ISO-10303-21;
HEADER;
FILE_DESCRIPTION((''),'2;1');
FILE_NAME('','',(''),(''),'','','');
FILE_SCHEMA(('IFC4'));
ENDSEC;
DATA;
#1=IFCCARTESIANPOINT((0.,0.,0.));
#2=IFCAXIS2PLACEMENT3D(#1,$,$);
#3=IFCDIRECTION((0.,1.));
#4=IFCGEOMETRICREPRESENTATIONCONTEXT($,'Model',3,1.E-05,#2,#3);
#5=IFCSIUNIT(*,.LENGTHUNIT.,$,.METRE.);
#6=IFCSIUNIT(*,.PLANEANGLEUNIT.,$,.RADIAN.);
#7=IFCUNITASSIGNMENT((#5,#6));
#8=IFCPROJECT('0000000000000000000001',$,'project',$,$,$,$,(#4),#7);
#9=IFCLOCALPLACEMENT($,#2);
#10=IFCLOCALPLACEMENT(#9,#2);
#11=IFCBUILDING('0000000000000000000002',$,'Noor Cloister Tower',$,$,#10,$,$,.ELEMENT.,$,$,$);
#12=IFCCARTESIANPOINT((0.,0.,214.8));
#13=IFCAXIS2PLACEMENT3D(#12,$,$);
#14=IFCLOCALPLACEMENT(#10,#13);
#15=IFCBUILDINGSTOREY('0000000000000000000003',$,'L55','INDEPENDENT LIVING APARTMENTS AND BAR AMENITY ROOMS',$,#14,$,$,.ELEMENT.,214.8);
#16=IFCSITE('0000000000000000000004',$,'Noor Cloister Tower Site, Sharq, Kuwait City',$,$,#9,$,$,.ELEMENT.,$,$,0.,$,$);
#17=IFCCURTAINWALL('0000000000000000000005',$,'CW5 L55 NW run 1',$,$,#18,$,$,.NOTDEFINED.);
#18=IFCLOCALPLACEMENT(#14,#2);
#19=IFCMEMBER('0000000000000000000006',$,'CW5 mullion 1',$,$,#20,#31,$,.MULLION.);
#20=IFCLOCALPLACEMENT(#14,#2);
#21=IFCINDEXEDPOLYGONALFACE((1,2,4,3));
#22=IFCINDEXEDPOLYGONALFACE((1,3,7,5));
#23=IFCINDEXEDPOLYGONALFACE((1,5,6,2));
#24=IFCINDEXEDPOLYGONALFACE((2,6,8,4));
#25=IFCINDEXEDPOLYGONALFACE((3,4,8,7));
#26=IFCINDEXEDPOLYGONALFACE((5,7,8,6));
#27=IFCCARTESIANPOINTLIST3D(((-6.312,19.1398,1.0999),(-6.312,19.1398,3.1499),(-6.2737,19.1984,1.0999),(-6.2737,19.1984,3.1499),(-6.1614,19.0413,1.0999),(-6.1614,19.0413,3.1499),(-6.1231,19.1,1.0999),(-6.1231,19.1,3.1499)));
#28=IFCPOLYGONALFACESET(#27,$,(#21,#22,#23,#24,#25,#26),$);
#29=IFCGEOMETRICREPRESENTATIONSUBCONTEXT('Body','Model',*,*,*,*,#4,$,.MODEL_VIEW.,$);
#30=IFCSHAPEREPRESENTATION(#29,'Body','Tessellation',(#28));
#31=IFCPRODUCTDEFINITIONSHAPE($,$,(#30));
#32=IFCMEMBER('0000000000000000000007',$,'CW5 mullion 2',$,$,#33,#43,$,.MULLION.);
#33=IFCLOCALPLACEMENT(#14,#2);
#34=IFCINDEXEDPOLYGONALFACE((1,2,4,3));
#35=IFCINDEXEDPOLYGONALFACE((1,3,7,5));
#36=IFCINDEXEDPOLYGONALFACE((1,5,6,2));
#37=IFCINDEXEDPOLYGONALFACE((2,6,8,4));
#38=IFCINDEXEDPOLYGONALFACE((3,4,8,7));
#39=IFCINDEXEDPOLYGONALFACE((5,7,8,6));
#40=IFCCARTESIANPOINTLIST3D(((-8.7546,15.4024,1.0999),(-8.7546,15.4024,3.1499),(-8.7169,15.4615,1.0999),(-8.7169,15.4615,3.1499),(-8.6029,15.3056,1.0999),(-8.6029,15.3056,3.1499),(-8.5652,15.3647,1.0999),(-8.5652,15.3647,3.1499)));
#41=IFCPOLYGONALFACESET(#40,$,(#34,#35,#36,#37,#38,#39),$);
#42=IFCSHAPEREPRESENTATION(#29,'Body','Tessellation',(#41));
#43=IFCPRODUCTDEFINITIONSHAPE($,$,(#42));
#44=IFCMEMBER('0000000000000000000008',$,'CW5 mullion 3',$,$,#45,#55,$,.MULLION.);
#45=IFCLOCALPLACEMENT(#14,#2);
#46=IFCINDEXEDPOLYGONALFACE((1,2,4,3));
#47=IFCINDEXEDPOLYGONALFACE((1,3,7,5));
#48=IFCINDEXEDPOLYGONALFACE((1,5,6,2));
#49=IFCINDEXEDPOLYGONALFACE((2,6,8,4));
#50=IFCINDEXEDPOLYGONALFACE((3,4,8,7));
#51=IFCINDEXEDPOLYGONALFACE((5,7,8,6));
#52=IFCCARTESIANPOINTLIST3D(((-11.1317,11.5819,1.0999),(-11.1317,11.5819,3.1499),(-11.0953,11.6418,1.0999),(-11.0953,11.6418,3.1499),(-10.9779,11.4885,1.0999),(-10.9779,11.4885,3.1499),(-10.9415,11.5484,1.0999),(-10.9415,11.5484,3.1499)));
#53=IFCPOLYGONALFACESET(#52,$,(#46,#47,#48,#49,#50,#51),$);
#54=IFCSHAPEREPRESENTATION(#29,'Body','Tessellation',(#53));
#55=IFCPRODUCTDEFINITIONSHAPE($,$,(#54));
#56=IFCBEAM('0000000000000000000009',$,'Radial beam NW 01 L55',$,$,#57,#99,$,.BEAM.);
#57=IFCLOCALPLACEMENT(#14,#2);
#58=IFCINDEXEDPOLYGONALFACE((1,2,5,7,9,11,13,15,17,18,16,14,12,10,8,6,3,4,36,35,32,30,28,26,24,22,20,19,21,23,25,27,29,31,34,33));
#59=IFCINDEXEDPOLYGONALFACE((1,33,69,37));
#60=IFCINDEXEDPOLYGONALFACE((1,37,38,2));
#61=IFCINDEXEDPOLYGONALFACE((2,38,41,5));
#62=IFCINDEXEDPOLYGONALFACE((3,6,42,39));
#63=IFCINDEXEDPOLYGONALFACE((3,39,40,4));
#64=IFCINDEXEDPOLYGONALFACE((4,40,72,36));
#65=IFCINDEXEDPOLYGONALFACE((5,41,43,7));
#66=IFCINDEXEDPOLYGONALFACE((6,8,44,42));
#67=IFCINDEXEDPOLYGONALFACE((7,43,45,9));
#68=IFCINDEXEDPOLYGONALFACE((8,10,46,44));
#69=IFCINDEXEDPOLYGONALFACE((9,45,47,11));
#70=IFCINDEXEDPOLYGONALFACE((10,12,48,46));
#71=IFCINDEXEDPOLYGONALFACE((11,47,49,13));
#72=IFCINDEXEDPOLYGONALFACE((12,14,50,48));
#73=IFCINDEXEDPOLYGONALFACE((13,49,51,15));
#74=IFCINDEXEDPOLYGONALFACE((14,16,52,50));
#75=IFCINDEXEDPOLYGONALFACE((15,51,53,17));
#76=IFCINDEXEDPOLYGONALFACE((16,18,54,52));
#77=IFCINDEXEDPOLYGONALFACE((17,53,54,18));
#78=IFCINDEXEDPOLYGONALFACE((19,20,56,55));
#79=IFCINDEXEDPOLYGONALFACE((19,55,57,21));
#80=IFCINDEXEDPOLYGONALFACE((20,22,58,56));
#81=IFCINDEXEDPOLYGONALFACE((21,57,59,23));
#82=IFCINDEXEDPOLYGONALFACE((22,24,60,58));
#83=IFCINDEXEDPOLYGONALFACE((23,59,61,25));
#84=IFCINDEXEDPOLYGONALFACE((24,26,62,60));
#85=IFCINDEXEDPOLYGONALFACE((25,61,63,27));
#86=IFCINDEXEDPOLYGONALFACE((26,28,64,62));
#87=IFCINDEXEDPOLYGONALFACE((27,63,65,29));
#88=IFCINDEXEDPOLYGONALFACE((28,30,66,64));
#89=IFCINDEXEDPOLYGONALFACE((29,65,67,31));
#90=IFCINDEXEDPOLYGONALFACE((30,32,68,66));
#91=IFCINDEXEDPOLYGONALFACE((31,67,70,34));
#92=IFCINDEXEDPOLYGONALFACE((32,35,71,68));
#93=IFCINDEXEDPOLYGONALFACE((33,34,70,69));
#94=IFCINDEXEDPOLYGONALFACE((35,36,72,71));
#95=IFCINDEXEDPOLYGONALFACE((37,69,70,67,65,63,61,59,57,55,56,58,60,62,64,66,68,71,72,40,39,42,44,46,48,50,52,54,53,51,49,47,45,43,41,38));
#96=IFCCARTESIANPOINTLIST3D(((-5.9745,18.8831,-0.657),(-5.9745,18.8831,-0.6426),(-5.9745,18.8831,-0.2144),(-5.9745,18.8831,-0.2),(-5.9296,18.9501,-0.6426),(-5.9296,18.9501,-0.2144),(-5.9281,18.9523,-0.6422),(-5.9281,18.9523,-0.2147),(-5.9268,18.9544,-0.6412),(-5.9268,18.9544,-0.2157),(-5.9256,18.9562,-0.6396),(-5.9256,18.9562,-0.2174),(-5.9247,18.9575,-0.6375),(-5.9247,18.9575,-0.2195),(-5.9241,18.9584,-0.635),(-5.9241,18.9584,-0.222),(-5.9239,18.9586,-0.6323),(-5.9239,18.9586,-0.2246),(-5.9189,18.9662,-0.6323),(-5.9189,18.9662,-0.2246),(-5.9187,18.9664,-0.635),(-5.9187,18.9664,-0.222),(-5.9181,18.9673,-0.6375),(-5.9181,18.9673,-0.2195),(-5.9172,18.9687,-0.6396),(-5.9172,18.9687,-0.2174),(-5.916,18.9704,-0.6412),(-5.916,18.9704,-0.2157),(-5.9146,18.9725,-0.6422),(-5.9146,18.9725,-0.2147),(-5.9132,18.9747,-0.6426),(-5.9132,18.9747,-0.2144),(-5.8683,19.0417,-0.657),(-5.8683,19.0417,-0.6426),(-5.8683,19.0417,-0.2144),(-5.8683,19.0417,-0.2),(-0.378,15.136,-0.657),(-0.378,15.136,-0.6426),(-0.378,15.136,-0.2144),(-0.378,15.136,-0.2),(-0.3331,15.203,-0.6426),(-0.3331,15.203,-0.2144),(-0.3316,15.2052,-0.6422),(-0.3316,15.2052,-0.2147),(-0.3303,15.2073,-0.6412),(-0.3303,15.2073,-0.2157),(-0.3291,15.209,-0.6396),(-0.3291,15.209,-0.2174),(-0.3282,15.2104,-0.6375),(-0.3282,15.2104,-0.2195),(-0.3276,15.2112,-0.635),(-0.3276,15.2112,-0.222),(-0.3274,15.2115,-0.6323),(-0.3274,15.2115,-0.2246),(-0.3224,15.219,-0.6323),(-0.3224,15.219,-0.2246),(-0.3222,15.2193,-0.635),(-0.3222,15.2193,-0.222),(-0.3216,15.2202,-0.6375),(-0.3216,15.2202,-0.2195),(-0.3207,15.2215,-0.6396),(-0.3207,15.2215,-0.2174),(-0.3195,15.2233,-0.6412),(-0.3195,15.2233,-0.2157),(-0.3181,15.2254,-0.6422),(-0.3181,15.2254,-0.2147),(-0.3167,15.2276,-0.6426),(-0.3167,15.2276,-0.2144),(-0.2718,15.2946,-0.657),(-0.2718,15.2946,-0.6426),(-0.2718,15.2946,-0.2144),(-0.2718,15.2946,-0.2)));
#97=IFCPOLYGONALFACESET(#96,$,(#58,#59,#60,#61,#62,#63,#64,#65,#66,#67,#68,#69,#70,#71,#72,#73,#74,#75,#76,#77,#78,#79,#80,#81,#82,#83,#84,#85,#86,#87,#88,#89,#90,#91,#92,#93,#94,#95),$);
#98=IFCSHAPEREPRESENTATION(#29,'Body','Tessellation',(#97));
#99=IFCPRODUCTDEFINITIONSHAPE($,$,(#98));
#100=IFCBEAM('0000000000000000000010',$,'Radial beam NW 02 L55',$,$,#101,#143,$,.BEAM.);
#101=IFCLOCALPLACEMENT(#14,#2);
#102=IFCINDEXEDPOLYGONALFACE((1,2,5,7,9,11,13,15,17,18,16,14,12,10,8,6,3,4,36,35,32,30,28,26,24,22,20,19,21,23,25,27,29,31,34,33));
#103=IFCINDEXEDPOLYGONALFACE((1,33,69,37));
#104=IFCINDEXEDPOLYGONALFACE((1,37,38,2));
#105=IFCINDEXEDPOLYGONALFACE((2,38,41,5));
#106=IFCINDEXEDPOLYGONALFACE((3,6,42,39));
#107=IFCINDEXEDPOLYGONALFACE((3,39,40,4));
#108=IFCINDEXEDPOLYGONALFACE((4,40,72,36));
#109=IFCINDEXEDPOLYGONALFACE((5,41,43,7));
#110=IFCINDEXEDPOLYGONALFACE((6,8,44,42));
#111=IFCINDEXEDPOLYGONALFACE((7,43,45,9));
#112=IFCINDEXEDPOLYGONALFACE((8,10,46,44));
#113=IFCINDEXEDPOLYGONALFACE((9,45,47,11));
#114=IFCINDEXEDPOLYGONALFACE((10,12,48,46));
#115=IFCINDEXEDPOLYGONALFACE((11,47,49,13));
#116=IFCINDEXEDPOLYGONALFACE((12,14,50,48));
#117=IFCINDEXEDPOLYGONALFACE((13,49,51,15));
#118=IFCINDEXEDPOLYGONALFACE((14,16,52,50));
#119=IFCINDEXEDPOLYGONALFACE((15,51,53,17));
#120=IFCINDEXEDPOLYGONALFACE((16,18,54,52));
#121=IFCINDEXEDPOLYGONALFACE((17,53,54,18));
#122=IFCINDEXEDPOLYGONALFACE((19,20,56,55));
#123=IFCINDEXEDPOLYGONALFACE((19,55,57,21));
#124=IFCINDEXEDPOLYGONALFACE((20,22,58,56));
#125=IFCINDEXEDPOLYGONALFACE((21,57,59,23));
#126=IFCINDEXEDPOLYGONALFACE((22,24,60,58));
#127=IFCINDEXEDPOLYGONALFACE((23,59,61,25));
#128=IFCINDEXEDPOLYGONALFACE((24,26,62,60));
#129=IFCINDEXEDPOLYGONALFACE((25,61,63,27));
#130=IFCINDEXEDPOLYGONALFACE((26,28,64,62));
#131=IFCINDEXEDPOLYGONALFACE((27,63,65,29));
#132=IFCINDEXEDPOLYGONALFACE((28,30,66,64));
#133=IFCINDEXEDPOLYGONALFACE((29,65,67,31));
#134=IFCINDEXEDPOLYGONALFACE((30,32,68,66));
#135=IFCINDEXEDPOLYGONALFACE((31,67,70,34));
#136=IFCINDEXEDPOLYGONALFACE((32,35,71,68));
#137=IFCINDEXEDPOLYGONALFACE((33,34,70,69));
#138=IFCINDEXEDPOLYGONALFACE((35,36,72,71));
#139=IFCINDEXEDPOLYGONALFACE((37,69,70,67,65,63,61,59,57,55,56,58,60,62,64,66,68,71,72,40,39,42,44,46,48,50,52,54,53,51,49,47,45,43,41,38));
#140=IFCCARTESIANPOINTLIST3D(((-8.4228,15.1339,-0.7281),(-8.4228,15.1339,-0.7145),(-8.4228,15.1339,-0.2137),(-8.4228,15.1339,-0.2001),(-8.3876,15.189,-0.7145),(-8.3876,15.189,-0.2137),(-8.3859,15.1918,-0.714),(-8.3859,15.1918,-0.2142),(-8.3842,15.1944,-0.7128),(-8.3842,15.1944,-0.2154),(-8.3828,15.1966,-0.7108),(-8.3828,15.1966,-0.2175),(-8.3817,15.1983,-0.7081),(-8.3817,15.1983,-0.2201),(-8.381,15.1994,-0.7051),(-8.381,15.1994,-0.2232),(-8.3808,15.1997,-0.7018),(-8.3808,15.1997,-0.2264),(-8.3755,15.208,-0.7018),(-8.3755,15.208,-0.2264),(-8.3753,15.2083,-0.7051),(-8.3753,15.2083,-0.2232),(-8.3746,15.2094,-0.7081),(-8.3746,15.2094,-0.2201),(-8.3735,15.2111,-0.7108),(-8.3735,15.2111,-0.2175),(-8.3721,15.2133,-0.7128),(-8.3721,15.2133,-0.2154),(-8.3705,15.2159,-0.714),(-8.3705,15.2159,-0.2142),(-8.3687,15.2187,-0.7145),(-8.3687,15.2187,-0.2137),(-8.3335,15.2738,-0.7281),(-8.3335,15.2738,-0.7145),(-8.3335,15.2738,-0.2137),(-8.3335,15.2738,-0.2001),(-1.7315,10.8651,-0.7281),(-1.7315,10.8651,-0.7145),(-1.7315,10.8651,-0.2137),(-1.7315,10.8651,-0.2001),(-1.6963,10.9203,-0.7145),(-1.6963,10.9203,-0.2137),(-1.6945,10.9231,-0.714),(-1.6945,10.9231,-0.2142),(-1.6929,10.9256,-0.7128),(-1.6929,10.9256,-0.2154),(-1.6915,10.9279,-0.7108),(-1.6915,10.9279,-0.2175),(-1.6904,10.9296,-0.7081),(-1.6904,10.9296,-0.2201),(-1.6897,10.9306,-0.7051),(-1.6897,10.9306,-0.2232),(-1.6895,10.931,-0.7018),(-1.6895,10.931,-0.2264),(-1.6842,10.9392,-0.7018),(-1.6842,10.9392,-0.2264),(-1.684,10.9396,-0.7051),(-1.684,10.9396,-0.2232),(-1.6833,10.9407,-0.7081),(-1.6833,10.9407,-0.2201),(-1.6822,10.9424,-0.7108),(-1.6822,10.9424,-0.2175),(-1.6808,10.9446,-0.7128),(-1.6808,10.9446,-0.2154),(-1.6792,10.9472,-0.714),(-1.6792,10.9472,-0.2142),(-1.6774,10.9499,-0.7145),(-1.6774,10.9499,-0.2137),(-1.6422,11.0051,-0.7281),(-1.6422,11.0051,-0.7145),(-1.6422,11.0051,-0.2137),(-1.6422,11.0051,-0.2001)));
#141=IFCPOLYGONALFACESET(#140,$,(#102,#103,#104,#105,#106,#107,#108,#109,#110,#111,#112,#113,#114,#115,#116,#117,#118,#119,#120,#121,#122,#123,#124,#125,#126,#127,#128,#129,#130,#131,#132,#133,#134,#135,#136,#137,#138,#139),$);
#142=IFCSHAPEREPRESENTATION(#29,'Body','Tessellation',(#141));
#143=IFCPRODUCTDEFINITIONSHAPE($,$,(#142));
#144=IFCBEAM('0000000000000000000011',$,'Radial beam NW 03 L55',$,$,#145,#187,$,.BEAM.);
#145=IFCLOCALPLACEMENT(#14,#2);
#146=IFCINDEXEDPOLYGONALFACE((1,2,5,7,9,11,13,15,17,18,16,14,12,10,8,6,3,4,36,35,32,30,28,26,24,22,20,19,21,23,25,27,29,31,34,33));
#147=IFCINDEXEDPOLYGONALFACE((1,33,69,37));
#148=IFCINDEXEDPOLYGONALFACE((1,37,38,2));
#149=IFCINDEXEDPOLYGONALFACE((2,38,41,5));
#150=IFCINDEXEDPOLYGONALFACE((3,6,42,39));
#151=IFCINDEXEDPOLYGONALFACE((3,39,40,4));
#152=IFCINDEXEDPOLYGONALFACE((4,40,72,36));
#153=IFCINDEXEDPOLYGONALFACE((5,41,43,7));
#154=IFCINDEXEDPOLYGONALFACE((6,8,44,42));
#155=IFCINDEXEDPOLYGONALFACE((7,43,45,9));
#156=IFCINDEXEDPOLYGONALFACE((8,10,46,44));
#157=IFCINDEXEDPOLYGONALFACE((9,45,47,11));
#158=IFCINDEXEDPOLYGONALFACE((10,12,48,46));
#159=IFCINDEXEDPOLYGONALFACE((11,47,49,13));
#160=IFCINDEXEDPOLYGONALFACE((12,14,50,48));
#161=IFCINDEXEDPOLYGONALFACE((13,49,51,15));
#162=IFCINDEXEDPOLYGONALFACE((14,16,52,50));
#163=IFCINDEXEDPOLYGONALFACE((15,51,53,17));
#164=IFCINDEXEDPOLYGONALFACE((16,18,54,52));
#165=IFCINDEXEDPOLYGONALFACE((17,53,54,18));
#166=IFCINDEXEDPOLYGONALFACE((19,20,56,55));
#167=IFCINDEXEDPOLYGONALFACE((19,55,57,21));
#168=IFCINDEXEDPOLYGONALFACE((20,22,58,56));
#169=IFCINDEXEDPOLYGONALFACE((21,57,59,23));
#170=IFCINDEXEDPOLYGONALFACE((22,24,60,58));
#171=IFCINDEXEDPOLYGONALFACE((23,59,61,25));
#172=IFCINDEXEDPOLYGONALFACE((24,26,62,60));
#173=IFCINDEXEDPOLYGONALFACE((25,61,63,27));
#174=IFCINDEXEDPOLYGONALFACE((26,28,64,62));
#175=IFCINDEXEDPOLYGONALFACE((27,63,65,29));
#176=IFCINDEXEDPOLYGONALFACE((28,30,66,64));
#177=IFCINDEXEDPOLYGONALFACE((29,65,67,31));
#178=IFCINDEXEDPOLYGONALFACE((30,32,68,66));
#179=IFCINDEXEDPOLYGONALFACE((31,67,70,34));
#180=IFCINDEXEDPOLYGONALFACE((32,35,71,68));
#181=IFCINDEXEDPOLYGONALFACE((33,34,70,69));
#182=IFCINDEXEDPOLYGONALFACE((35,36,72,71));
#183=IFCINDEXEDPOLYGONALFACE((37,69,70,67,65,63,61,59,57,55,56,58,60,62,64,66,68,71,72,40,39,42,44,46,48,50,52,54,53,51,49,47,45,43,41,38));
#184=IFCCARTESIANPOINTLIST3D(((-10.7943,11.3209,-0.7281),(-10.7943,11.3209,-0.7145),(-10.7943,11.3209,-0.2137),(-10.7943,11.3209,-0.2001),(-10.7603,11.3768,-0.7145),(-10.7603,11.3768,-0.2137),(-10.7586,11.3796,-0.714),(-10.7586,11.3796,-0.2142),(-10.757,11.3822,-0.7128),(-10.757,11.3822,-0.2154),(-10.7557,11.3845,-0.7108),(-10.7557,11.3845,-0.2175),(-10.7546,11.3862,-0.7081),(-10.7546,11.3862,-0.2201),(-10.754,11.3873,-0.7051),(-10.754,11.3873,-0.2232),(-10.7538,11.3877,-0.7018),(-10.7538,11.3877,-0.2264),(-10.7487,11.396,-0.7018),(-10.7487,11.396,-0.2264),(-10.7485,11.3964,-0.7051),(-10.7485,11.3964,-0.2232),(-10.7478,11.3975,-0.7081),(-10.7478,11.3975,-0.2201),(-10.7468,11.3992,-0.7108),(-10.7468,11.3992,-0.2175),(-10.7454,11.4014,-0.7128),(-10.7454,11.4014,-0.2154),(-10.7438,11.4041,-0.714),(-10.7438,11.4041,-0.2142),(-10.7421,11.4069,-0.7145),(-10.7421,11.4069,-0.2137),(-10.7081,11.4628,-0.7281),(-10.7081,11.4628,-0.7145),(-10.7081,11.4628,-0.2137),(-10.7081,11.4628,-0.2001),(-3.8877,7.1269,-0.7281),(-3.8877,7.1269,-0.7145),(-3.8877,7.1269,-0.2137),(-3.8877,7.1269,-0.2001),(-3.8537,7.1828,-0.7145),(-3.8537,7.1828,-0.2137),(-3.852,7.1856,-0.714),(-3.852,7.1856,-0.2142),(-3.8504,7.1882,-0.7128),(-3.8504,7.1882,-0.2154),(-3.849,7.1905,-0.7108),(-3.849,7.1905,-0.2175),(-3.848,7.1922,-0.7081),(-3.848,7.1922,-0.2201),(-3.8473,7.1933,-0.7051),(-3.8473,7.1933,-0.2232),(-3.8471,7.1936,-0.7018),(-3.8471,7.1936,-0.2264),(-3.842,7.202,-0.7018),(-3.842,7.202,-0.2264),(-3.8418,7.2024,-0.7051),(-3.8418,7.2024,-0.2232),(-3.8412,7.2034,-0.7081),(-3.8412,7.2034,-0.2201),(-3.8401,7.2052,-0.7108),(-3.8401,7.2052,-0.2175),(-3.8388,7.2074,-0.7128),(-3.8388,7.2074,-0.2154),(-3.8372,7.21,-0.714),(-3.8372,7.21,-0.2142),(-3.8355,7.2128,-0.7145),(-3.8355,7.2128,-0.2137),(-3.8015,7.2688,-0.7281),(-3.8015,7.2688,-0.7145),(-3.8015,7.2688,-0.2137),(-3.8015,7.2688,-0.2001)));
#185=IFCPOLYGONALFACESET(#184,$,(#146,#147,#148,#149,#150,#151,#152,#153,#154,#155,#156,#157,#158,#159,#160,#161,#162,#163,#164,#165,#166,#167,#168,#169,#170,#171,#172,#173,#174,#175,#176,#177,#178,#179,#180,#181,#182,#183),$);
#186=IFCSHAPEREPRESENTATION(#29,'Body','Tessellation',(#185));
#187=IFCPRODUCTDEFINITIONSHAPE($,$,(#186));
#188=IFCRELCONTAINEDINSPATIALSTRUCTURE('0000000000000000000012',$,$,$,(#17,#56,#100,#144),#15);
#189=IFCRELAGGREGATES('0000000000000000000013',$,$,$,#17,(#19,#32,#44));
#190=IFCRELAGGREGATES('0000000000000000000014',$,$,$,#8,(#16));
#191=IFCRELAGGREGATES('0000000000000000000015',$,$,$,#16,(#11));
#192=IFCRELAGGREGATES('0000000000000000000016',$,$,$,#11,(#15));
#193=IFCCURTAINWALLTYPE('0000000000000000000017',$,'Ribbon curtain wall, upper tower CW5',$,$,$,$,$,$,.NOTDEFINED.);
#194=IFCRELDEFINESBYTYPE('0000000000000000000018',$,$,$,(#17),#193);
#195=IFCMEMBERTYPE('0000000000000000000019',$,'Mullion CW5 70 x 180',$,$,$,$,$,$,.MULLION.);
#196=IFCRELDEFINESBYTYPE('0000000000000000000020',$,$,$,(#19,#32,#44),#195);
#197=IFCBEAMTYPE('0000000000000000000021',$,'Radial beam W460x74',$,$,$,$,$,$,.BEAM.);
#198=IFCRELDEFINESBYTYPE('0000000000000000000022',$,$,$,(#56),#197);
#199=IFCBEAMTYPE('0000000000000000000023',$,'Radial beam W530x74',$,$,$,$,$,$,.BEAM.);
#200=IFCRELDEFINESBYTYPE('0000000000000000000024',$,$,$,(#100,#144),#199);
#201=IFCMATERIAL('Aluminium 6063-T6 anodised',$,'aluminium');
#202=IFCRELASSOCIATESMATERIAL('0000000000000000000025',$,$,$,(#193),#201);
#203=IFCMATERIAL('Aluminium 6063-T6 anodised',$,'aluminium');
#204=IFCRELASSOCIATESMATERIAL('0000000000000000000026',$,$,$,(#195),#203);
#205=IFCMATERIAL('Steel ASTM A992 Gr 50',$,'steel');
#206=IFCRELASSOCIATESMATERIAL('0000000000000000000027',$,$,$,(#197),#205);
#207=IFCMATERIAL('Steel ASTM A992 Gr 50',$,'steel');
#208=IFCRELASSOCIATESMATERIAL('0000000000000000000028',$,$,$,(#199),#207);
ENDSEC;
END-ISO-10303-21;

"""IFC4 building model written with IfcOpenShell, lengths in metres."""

from ifc_helpers import new_model, si_unit, direction, frame, origin, origin_2d, place, context, subcontext, project, spatial, rectangle, i_section, extrude, material, material_profile, profile_set, type_object, element, aggregate, save


model = new_model("IFC4")

# Units and contexts
model_context = context("Model", 3, precision=1e-05, world=origin(), true_north=direction((0.0, 1.0)))
body_context = subcontext(model_context, "Body", "Model", "MODEL_VIEW")
ifc_project = project(units=[si_unit("LENGTHUNIT", "METRE"), si_unit("PLANEANGLEUNIT", "RADIAN")], contexts=[model_context])

# Site, building, storey
site_placement = place(None, origin())
site = spatial("IfcSite", under=ifc_project, at=site_placement, Name="Noor Cloister Tower Site, Sharq, Kuwait City", CompositionType="ELEMENT", RefElevation=0.0)
building_placement = place(site_placement, origin())
building = spatial("IfcBuilding", under=site, at=building_placement, Name="Noor Cloister Tower", CompositionType="ELEMENT")
storey_placement = place(building_placement, frame((0.0, 0.0, 214.8)))
storey = spatial("IfcBuildingStorey", under=building, at=storey_placement, Name="L55", Description="INDEPENDENT LIVING APARTMENTS AND BAR AMENITY ROOMS", CompositionType="ELEMENT", Elevation=214.8)

# Curtain wall, members
ifc_material_1 = material(Name="Aluminium 6063-T6 anodised", Category="aluminium")
curtain_wall_type = type_object("IfcCurtainWallType", Name="Ribbon curtain wall, upper tower CW5", PredefinedType="NOTDEFINED", material=ifc_material_1)
curtain_wall_placement = place(storey_placement, origin())
curtain_wall = element("IfcCurtainWall", 1, at=curtain_wall_placement, inside=storey, type_object=curtain_wall_type, Name="CW5 L55 NW run 1", PredefinedType="NOTDEFINED")
ifc_material_2 = material(Name="Aluminium 6063-T6 anodised", Category="aluminium")
ifc_material_profile_1 = material_profile(ifc_material_2, rectangle(XDim=0.1799, YDim=0.0701, at=origin_2d()), Name="180 x 70 mullion")
ifc_profile_set_1 = profile_set([ifc_material_profile_1], Name="Aluminium 6063-T6 anodised")
member_type = type_object("IfcMemberType", Name="Mullion CW5 70 x 180", PredefinedType="MULLION", material=ifc_profile_set_1)
member_1_placement = place(storey_placement, frame((-6.2175, 19.1199, 1.0999), z_axis=(0.0, 0.0, 1.0), x_axis=(0.837047, -0.547131, 0.0)))
member_1 = element("IfcMember", 2, at=member_1_placement, type_object=member_type, Name="CW5 mullion 1", PredefinedType="MULLION", context=body_context, shape_type="SweptSolid", body=[
    extrude(rectangle(XDim=0.1799, YDim=0.0701, at=origin_2d()), origin(), (0.0, 0.0, 1.0), 2.05),
])
member_2_placement = place(storey_placement, frame((-8.6599, 15.3835, 1.0999), z_axis=(0.0, 0.0, 1.0), x_axis=(0.843051, -0.537834, 0.0)))
member_2 = element("IfcMember", 3, at=member_2_placement, type_object=member_type, Name="CW5 mullion 2", PredefinedType="MULLION", context=body_context, shape_type="SweptSolid", body=[
    extrude(rectangle(XDim=0.1799, YDim=0.0701, at=origin_2d()), origin(), (0.0, 0.0, 1.0), 2.05),
])
member_3_placement = place(storey_placement, frame((-11.0366, 11.5652, 1.0999), z_axis=(0.0, 0.0, 1.0), x_axis=(0.854747, -0.519044, 0.0)))
member_3 = element("IfcMember", 4, at=member_3_placement, type_object=member_type, Name="CW5 mullion 3", PredefinedType="MULLION", context=body_context, shape_type="SweptSolid", body=[
    extrude(rectangle(XDim=0.1799, YDim=0.0701, at=origin_2d()), origin(), (0.0, 0.0, 1.0), 2.05),
])

# Beams
ifc_material_3 = material(Name="Steel ASTM A992 Gr 50", Category="steel")
ifc_material_profile_2 = material_profile(ifc_material_3, i_section(OverallWidth=0.1909, OverallDepth=0.457, WebThickness=0.009, FlangeThickness=0.0144, FilletRadius=0.0103, at=origin_2d()), Name="W460x74")
ifc_profile_set_2 = profile_set([ifc_material_profile_2], Name="Steel ASTM A992 Gr 50")
beam_type_1 = type_object("IfcBeamType", Name="Radial beam W460x74", PredefinedType="BEAM", material=ifc_profile_set_2)
beam_1_placement = place(storey_placement, frame((-5.9214, 18.9624, -0.4285), z_axis=(0.830944, -0.556355, 0.0), x_axis=(0.556355, 0.830944, 0.0)))
element("IfcBeam", 5, at=beam_1_placement, inside=storey, type_object=beam_type_1, Name="Radial beam NW 01 L55", PredefinedType="BEAM", context=body_context, shape_type="SweptSolid", body=[
    extrude(i_section(OverallWidth=0.1909, OverallDepth=0.457, WebThickness=0.009, FlangeThickness=0.0144, FilletRadius=0.0103, at=origin_2d()), origin(), (0.0, 0.0, 1.0), 6.7351),
])
ifc_material_4 = material(Name="Steel ASTM A992 Gr 50", Category="steel")
ifc_material_profile_3 = material_profile(ifc_material_4, i_section(OverallWidth=0.166, OverallDepth=0.5281, WebThickness=0.0098, FlangeThickness=0.0137, FilletRadius=0.0127, at=origin_2d()), Name="W530x74")
ifc_profile_set_3 = profile_set([ifc_material_profile_3], Name="Steel ASTM A992 Gr 50")
beam_type_2 = type_object("IfcBeamType", Name="Radial beam W530x74", PredefinedType="BEAM", material=ifc_profile_set_3)
beam_2_placement = place(storey_placement, frame((-8.3782, 15.2039, -0.4641), z_axis=(0.843054, -0.537829, 0.0), x_axis=(0.537829, 0.843054, 0.0)))
element("IfcBeam", 6, at=beam_2_placement, inside=storey, type_object=beam_type_2, Name="Radial beam NW 02 L55", PredefinedType="BEAM", context=body_context, shape_type="SweptSolid", body=[
    extrude(i_section(OverallWidth=0.166, OverallDepth=0.5281, WebThickness=0.0098, FlangeThickness=0.0137, FilletRadius=0.0127, at=origin_2d()), origin(), (0.0, 0.0, 1.0), 7.937),
])
beam_3_placement = place(storey_placement, frame((-10.7512, 11.3918, -0.4641), z_axis=(0.854748, -0.519043, 0.0), x_axis=(0.519043, 0.854748, 0.0)))
element("IfcBeam", 7, at=beam_3_placement, inside=storey, type_object=beam_type_2, Name="Radial beam NW 03 L55", PredefinedType="BEAM", context=body_context, shape_type="SweptSolid", body=[
    extrude(i_section(OverallWidth=0.166, OverallDepth=0.5281, WebThickness=0.0098, FlangeThickness=0.0137, FilletRadius=0.0127, at=origin_2d()), origin(), (0.0, 0.0, 1.0), 8.0803),
])

aggregate(curtain_wall, [member_1, member_2, member_3])

save(model, "model.ifc")
